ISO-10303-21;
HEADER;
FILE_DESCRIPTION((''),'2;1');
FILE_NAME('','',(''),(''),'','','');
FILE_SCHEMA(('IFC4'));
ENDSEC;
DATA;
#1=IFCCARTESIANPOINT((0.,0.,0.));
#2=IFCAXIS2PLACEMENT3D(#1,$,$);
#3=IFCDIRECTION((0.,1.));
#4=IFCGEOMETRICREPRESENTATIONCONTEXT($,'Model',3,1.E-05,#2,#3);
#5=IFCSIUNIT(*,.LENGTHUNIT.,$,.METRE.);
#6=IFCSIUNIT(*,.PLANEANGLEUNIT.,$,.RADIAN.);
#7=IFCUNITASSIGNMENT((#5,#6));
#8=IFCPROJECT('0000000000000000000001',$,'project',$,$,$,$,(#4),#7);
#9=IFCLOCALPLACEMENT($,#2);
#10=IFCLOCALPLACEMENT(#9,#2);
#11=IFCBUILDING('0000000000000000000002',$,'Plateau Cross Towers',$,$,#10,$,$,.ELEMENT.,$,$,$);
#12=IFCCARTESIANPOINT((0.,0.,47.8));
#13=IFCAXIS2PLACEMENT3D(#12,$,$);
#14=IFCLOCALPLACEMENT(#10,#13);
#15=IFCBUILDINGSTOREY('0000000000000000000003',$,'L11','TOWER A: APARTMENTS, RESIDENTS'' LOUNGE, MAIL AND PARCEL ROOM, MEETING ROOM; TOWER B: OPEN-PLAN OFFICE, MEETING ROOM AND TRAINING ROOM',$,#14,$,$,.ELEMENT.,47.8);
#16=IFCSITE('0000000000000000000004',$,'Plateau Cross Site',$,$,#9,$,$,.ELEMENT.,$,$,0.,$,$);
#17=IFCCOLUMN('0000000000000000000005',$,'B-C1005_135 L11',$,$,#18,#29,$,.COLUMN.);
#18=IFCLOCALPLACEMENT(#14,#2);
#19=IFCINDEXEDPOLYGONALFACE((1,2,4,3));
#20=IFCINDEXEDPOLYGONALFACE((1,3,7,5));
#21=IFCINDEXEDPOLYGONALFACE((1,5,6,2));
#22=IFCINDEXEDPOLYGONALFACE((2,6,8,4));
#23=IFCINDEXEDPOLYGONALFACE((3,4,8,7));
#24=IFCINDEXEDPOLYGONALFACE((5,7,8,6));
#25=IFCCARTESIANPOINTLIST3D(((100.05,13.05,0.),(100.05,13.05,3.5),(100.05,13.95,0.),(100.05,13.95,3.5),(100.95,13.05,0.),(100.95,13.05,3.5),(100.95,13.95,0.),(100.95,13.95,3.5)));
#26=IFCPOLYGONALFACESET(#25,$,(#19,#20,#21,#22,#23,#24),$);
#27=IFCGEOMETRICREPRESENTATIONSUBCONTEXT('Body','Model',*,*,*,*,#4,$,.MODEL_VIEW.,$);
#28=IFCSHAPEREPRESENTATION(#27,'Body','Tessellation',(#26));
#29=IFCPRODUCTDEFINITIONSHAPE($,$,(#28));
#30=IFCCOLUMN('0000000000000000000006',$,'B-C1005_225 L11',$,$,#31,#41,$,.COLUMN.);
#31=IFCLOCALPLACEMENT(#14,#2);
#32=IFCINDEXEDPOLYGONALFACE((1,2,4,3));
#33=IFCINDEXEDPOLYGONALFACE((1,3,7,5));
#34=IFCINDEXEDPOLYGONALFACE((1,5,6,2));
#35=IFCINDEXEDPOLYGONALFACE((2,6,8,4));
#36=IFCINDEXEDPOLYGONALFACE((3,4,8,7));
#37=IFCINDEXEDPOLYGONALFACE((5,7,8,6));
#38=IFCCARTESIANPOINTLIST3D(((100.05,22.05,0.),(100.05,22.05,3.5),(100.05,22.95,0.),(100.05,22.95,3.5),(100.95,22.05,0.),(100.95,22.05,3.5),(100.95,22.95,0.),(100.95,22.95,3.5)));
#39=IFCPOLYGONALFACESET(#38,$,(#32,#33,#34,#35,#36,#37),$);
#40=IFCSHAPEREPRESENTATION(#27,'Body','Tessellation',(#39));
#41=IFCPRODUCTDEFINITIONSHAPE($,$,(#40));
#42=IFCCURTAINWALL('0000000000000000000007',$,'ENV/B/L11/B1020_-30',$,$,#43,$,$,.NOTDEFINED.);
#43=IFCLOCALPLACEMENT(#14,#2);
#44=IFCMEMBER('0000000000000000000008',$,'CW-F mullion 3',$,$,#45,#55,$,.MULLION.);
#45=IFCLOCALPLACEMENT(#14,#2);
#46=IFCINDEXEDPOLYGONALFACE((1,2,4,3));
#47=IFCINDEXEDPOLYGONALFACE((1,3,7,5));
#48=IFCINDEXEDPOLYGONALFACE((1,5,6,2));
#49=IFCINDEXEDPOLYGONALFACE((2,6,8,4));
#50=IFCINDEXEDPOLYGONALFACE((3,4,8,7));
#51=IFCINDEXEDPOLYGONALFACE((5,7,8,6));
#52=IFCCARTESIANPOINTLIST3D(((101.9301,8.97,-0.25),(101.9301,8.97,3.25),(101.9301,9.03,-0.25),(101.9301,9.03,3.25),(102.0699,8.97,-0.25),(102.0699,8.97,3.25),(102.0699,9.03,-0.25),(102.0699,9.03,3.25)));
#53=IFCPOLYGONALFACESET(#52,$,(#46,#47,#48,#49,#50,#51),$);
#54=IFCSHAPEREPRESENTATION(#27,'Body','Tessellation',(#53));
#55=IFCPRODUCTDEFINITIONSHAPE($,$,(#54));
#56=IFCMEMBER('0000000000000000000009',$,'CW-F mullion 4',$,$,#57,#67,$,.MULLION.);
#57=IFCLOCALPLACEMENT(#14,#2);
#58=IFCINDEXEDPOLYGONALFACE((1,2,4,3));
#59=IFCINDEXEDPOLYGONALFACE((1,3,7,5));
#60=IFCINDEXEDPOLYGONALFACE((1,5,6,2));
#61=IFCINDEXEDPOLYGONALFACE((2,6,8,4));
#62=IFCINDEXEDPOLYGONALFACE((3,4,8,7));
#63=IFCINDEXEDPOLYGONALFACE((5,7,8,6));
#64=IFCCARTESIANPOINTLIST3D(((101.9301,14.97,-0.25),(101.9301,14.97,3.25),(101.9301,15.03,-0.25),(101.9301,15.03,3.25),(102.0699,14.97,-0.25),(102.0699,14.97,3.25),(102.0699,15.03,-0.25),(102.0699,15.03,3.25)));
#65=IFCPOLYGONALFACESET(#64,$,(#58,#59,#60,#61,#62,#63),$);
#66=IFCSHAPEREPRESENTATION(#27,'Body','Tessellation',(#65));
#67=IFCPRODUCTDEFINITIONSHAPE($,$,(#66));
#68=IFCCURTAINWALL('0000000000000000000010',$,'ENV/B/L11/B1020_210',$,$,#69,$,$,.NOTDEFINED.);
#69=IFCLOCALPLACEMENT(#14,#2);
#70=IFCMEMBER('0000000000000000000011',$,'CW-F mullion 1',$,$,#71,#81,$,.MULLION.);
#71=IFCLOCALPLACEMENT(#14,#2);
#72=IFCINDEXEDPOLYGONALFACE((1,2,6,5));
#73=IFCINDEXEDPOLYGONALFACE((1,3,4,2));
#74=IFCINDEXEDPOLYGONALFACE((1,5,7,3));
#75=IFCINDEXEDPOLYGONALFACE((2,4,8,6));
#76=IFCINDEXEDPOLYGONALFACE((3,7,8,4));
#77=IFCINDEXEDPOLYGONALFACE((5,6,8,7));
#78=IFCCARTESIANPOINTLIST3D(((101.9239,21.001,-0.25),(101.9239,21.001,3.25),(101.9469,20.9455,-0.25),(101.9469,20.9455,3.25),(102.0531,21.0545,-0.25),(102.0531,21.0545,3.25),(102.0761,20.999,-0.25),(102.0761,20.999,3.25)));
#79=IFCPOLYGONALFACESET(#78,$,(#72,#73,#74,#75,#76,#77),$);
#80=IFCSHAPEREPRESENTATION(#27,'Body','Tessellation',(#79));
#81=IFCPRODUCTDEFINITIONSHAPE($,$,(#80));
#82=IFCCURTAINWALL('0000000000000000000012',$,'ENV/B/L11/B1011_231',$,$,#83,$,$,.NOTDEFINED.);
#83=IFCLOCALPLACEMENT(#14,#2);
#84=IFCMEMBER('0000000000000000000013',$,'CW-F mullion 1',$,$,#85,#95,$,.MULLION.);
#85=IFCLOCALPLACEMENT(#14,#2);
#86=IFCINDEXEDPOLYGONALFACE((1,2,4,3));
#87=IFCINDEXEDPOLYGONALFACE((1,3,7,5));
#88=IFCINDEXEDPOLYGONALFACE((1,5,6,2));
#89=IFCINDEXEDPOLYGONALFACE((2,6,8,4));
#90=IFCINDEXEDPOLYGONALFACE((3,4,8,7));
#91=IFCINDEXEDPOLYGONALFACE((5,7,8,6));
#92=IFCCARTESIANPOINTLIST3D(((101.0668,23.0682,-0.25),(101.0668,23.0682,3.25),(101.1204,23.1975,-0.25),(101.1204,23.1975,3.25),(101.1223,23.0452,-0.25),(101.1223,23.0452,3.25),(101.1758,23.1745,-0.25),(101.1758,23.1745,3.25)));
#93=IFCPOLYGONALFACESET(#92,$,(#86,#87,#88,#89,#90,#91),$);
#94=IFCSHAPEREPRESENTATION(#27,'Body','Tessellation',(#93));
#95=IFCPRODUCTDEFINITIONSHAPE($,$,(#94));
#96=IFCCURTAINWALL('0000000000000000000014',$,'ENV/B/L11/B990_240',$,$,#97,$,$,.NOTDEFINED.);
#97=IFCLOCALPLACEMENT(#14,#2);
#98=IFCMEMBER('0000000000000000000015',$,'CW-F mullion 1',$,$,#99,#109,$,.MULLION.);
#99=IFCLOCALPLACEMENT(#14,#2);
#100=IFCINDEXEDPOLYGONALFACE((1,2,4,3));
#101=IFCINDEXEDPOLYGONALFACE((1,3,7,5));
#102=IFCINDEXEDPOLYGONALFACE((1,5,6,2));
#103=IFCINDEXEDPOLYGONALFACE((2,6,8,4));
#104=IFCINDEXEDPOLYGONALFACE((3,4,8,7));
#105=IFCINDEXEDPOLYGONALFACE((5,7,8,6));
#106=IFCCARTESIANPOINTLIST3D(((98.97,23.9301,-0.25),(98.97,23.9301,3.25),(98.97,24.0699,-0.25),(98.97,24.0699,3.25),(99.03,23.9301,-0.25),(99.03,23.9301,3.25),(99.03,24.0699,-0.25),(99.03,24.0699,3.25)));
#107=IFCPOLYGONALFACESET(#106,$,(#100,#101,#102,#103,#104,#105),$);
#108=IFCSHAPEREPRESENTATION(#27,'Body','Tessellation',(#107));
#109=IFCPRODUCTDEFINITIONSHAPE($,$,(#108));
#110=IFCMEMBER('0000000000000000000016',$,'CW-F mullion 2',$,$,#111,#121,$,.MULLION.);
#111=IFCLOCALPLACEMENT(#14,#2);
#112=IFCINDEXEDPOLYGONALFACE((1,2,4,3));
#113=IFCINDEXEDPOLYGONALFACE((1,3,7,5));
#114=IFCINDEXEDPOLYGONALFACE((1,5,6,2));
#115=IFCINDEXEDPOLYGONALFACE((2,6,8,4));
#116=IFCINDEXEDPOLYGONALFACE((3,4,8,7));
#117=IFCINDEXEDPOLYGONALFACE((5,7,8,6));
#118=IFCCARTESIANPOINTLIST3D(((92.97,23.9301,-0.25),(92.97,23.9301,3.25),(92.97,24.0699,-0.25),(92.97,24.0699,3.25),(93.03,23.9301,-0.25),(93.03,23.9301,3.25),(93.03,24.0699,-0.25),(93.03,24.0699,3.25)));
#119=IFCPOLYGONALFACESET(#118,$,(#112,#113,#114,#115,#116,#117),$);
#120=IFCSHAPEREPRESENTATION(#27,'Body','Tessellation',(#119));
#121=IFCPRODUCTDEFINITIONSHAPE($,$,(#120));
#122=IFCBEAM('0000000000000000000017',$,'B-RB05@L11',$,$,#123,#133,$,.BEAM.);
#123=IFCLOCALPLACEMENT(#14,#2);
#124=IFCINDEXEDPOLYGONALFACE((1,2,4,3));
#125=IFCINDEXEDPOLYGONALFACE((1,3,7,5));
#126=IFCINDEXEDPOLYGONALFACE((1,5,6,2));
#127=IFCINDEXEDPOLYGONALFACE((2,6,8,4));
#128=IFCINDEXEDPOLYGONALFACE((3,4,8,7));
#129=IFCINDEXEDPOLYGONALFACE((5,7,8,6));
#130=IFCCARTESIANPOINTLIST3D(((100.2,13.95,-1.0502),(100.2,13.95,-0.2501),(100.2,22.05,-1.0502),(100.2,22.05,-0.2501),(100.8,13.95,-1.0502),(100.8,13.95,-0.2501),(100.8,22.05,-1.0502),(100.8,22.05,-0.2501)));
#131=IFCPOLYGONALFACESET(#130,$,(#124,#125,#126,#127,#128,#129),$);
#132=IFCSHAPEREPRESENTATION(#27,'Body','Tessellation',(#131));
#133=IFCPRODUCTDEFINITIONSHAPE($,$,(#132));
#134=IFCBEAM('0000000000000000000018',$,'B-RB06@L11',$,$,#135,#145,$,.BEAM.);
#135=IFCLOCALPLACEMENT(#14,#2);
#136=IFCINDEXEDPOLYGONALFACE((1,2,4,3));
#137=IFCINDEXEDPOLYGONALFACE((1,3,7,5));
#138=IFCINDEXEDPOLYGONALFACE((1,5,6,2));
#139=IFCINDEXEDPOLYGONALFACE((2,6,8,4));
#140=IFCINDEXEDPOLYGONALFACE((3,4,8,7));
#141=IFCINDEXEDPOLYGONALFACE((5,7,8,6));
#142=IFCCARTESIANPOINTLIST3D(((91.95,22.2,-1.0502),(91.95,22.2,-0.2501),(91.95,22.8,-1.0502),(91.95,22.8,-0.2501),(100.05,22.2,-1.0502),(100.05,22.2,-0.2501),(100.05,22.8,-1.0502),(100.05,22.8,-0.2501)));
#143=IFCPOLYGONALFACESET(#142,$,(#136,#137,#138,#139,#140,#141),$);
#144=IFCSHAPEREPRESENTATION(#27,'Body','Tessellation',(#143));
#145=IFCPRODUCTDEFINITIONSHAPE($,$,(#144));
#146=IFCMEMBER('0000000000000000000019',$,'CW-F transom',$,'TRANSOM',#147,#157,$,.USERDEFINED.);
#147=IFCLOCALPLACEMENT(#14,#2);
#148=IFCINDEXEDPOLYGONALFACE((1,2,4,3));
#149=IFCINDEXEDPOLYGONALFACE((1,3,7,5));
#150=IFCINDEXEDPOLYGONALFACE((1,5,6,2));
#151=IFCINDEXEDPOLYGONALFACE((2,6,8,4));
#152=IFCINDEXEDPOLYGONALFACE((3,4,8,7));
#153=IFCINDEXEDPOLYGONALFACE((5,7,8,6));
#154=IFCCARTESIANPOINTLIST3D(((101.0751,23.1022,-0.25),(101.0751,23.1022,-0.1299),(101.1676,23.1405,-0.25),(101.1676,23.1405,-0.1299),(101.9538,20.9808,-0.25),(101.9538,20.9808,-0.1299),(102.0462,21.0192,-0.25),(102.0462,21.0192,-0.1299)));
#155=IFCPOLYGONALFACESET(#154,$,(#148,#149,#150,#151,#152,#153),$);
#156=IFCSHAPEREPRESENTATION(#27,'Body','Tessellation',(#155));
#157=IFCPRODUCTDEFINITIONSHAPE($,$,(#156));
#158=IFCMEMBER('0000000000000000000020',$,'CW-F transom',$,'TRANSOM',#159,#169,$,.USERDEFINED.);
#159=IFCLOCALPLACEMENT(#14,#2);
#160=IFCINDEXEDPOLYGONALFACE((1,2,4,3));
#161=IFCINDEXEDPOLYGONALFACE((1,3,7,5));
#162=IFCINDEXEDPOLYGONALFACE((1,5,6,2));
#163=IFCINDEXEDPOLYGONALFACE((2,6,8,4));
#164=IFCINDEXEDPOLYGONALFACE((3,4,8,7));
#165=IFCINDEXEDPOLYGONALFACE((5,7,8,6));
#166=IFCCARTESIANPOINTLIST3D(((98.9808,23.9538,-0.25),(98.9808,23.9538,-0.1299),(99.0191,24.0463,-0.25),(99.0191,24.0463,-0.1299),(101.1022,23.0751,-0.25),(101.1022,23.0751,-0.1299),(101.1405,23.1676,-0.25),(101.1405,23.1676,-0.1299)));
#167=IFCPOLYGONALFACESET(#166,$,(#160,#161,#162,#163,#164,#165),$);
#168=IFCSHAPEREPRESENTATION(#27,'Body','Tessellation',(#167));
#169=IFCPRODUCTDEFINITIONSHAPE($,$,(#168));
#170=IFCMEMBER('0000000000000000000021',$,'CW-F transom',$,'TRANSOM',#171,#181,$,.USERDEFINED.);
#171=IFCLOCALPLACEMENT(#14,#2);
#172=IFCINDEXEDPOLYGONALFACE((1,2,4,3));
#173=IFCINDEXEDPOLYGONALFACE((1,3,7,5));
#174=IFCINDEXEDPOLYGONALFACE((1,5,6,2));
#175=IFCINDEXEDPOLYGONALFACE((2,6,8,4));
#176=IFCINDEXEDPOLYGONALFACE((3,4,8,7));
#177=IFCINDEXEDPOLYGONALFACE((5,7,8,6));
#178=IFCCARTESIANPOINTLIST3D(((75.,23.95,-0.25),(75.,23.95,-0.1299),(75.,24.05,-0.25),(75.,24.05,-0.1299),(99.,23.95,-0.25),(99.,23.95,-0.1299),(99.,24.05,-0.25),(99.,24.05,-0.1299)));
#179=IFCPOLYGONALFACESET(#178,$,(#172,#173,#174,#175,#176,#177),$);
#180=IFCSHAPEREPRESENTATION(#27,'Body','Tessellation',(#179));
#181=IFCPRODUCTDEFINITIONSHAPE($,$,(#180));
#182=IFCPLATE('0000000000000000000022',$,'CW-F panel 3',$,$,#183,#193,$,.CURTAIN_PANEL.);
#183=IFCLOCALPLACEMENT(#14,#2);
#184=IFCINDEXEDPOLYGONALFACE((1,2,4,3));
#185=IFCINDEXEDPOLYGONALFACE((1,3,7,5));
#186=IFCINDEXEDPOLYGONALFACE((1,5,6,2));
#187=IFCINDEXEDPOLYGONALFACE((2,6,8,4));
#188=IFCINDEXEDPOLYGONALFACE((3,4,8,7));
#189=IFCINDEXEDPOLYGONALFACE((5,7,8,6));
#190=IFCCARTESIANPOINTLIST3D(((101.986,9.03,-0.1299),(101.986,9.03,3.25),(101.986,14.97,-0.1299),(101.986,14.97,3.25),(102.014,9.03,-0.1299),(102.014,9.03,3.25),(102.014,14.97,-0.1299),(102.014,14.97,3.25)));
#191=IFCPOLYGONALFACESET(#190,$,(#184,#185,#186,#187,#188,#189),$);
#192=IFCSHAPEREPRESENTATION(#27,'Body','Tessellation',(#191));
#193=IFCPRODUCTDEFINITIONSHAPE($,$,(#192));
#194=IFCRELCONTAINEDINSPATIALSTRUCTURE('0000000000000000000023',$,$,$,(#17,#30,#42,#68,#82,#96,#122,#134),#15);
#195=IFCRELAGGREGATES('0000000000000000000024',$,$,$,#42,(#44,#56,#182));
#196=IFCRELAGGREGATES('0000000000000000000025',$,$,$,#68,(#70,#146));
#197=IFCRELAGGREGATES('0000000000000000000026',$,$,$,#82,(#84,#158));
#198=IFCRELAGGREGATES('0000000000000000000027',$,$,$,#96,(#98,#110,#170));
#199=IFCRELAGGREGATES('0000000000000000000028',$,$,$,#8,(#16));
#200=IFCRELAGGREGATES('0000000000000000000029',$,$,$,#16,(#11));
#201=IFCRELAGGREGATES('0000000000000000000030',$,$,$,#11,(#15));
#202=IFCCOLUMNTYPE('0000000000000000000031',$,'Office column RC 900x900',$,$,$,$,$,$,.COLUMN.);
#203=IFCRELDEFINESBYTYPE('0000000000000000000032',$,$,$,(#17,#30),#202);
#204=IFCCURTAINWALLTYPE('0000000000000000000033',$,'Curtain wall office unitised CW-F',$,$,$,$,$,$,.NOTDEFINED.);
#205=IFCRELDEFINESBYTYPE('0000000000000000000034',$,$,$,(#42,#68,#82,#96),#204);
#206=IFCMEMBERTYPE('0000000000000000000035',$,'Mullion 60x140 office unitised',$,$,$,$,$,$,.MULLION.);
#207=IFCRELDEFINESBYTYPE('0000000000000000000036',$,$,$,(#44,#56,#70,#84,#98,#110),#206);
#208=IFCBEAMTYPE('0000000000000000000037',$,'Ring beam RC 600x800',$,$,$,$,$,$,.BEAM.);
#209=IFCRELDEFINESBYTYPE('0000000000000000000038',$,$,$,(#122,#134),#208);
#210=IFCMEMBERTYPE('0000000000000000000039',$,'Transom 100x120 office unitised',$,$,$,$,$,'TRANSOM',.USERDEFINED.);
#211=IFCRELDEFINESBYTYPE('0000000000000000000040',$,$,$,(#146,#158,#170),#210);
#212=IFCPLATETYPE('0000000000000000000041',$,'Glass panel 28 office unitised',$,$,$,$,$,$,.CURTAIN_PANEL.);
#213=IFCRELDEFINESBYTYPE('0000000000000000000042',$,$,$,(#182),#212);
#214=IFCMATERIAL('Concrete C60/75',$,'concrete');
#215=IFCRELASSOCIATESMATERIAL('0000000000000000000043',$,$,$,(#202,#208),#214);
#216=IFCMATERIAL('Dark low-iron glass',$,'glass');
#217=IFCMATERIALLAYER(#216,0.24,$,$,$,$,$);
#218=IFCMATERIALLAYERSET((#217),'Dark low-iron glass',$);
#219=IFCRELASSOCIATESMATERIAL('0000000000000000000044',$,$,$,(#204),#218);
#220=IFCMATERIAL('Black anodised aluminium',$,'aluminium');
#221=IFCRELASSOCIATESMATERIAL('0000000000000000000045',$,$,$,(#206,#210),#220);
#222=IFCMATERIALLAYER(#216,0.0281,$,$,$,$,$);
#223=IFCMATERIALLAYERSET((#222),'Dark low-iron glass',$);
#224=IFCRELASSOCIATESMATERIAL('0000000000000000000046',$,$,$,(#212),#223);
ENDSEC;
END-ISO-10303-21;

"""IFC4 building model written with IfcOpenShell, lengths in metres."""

from ifc_helpers import new_model, si_unit, direction, frame, origin, origin_2d, place, context, subcontext, project, spatial, rectangle, extrude, material, layer, layer_set, material_profile, profile_set, type_object, element, aggregate, save


model = new_model("IFC4")

# Units and contexts
model_context = context("Model", 3, precision=1e-05, world=origin(), true_north=direction((0.0, 1.0)))
body_context = subcontext(model_context, "Body", "Model", "MODEL_VIEW")
ifc_project = project(units=[si_unit("LENGTHUNIT", "METRE"), si_unit("PLANEANGLEUNIT", "RADIAN")], contexts=[model_context])

# Site, building, storey
site_placement = place(None, origin())
site = spatial("IfcSite", under=ifc_project, at=site_placement, Name="Plateau Cross Site", CompositionType="ELEMENT", RefElevation=0.0)
building_placement = place(site_placement, origin())
building = spatial("IfcBuilding", under=site, at=building_placement, Name="Plateau Cross Towers", CompositionType="ELEMENT")
storey_placement = place(building_placement, frame((0.0, 0.0, 47.8)))
storey = spatial("IfcBuildingStorey", under=building, at=storey_placement, Name="L11", Description="TOWER A: APARTMENTS, RESIDENTS' LOUNGE, MAIL AND PARCEL ROOM, MEETING ROOM; TOWER B: OPEN-PLAN OFFICE, MEETING ROOM AND TRAINING ROOM", CompositionType="ELEMENT", Elevation=47.8)

# Columns
ifc_material_1 = material(Name="Concrete C60/75", Category="concrete")
ifc_material_profile_1 = material_profile(ifc_material_1, rectangle(XDim=0.8999, YDim=0.8999, at=origin_2d()), Name="RC 900x900")
ifc_profile_set_1 = profile_set([ifc_material_profile_1], Name="Concrete C60/75")
column_type = type_object("IfcColumnType", Name="Office column RC 900x900", PredefinedType="COLUMN", material=ifc_profile_set_1)
for number, where, z_axis, x_axis, name in (
    (1, (100.5, 13.5, 0.0), (0.0, 0.0, 1.0), (1.0, 0.0, 0.0), "B-C1005_135 L11"),
    (2, (100.5, 22.5, 0.0), (0.0, 0.0, 1.0), (1.0, 0.0, 0.0), "B-C1005_225 L11"),
):
    element("IfcColumn", number, at=place(storey_placement, frame(where, z_axis=z_axis, x_axis=x_axis)), inside=storey, type_object=column_type, Name=name, PredefinedType="COLUMN", context=body_context, shape_type="SweptSolid", body=[
        extrude(rectangle(XDim=0.8999, YDim=0.8999, at=origin_2d()), origin(), (0.0, 0.0, 1.0), 3.5),
    ])

# Curtain wall, members
ifc_material_2 = material(Name="Dark low-iron glass", Category="glass")
ifc_layer_1 = layer(ifc_material_2, 0.24)
ifc_layer_set_1 = layer_set([ifc_layer_1], Name="Dark low-iron glass")
curtain_wall_type = type_object("IfcCurtainWallType", Name="Curtain wall office unitised CW-F", PredefinedType="NOTDEFINED", material=ifc_layer_set_1)
curtain_wall_1_placement = place(storey_placement, origin())
curtain_wall_1 = element("IfcCurtainWall", 3, at=curtain_wall_1_placement, inside=storey, type_object=curtain_wall_type, Name="ENV/B/L11/B1020_-30", PredefinedType="NOTDEFINED")
ifc_material_3 = material(Name="Black anodised aluminium", Category="aluminium")
ifc_material_profile_2 = material_profile(ifc_material_3, rectangle(XDim=0.0601, YDim=0.1399, at=origin_2d()), Name="MULLION 60x140")
ifc_profile_set_2 = profile_set([ifc_material_profile_2], Name="Black anodised aluminium")
member_type_1 = type_object("IfcMemberType", Name="Mullion 60x140 office unitised", PredefinedType="MULLION", material=ifc_profile_set_2)
member_1_placement = place(storey_placement, frame((102.0, 9.0, -0.25), z_axis=(0.0, 0.0, 1.0), x_axis=(0.0, 1.0, 0.0)))
member_1 = element("IfcMember", 4, at=member_1_placement, type_object=member_type_1, Name="CW-F mullion 3", PredefinedType="MULLION", context=body_context, shape_type="SweptSolid", body=[
    extrude(rectangle(XDim=0.0601, YDim=0.1399, at=origin_2d()), origin(), (0.0, 0.0, 1.0), 3.5),
])
member_2_placement = place(storey_placement, frame((102.0, 15.0, -0.25), z_axis=(0.0, 0.0, 1.0), x_axis=(0.0, 1.0, 0.0)))
member_2 = element("IfcMember", 5, at=member_2_placement, type_object=member_type_1, Name="CW-F mullion 4", PredefinedType="MULLION", context=body_context, shape_type="SweptSolid", body=[
    extrude(rectangle(XDim=0.0601, YDim=0.1399, at=origin_2d()), origin(), (0.0, 0.0, 1.0), 3.5),
])

# Curtain walls, members
curtain_wall_2_placement = place(storey_placement, origin())
curtain_wall_2 = element("IfcCurtainWall", 6, at=curtain_wall_2_placement, inside=storey, type_object=curtain_wall_type, Name="ENV/B/L11/B1020_210", PredefinedType="NOTDEFINED")
member_3_placement = place(storey_placement, frame((102.0, 21.0, -0.25), z_axis=(0.0, 0.0, 1.0), x_axis=(-0.382684, 0.923879, 0.0)))
member_3 = element("IfcMember", 7, at=member_3_placement, type_object=member_type_1, Name="CW-F mullion 1", PredefinedType="MULLION", context=body_context, shape_type="SweptSolid", body=[
    extrude(rectangle(XDim=0.0601, YDim=0.1399, at=origin_2d()), origin(), (0.0, 0.0, 1.0), 3.5),
])
curtain_wall_3_placement = place(storey_placement, origin())
curtain_wall_3 = element("IfcCurtainWall", 8, at=curtain_wall_3_placement, inside=storey, type_object=curtain_wall_type, Name="ENV/B/L11/B1011_231", PredefinedType="NOTDEFINED")
member_4_placement = place(storey_placement, frame((101.1213, 23.1213, -0.25), z_axis=(0.0, 0.0, 1.0), x_axis=(-0.923879, 0.382684, 0.0)))
member_4 = element("IfcMember", 9, at=member_4_placement, type_object=member_type_1, Name="CW-F mullion 1", PredefinedType="MULLION", context=body_context, shape_type="SweptSolid", body=[
    extrude(rectangle(XDim=0.0601, YDim=0.1399, at=origin_2d()), origin(), (0.0, 0.0, 1.0), 3.5),
])

# Curtain wall, members
curtain_wall_4_placement = place(storey_placement, origin())
curtain_wall_4 = element("IfcCurtainWall", 10, at=curtain_wall_4_placement, inside=storey, type_object=curtain_wall_type, Name="ENV/B/L11/B990_240", PredefinedType="NOTDEFINED")
member_5_placement = place(storey_placement, frame((99.0, 24.0, -0.25), z_axis=(0.0, 0.0, 1.0), x_axis=(-1.0, 0.0, 0.0)))
member_5 = element("IfcMember", 11, at=member_5_placement, type_object=member_type_1, Name="CW-F mullion 1", PredefinedType="MULLION", context=body_context, shape_type="SweptSolid", body=[
    extrude(rectangle(XDim=0.0601, YDim=0.1399, at=origin_2d()), origin(), (0.0, 0.0, 1.0), 3.5),
])
member_6_placement = place(storey_placement, frame((93.0, 24.0, -0.25), z_axis=(0.0, 0.0, 1.0), x_axis=(-1.0, 0.0, 0.0)))
member_6 = element("IfcMember", 12, at=member_6_placement, type_object=member_type_1, Name="CW-F mullion 2", PredefinedType="MULLION", context=body_context, shape_type="SweptSolid", body=[
    extrude(rectangle(XDim=0.0601, YDim=0.1399, at=origin_2d()), origin(), (0.0, 0.0, 1.0), 3.5),
])

# Beams
ifc_material_profile_3 = material_profile(ifc_material_1, rectangle(XDim=0.6001, YDim=0.8, at=origin_2d()), Name="RC 600x800")
ifc_profile_set_3 = profile_set([ifc_material_profile_3], Name="Concrete C60/75")
beam_type = type_object("IfcBeamType", Name="Ring beam RC 600x800", PredefinedType="BEAM", material=ifc_profile_set_3)
for number, where, z_axis, x_axis, name in (
    (13, (100.5, 13.95, -0.6501), (0.0, 1.0, 0.0), (-1.0, 0.0, 0.0), "B-RB05@L11"),
    (14, (100.05, 22.5, -0.6501), (-1.0, 0.0, 0.0), (0.0, -1.0, 0.0), "B-RB06@L11"),
):
    element("IfcBeam", number, at=place(storey_placement, frame(where, z_axis=z_axis, x_axis=x_axis)), inside=storey, type_object=beam_type, Name=name, PredefinedType="BEAM", context=body_context, shape_type="SweptSolid", body=[
        extrude(rectangle(XDim=0.6001, YDim=0.8, at=origin_2d()), origin(), (0.0, 0.0, 1.0), 8.1001),
    ])

# Members
ifc_material_profile_4 = material_profile(ifc_material_3, rectangle(XDim=0.1001, YDim=0.1201, at=origin_2d()), Name="TRANSOM 100x120")
ifc_profile_set_4 = profile_set([ifc_material_profile_4], Name="Black anodised aluminium")
member_type_2 = type_object("IfcMemberType", Name="Transom 100x120 office unitised", ElementType="TRANSOM", PredefinedType="USERDEFINED", material=ifc_profile_set_4)
member_7_placement = place(storey_placement, frame((102.0, 21.0, -0.1899), z_axis=(-0.382674, 0.923883, 0.0), x_axis=(-0.923883, -0.382674, 0.0)))
member_7 = element("IfcMember", 15, at=member_7_placement, type_object=member_type_2, Name="CW-F transom", ObjectType="TRANSOM", PredefinedType="USERDEFINED", context=body_context, shape_type="SweptSolid", body=[
    extrude(rectangle(XDim=0.1001, YDim=0.1201, at=origin_2d()), origin(), (0.0, 0.0, 1.0), 2.2961),
])
member_8_placement = place(storey_placement, frame((101.1213, 23.1213, -0.1899), z_axis=(-0.923883, 0.382674, 0.0), x_axis=(-0.382674, -0.923883, 0.0)))
member_8 = element("IfcMember", 16, at=member_8_placement, type_object=member_type_2, Name="CW-F transom", ObjectType="TRANSOM", PredefinedType="USERDEFINED", context=body_context, shape_type="SweptSolid", body=[
    extrude(rectangle(XDim=0.1001, YDim=0.1201, at=origin_2d()), origin(), (0.0, 0.0, 1.0), 2.2961),
])
member_9_placement = place(storey_placement, frame((99.0, 24.0, -0.1899), z_axis=(-1.0, 0.0, 0.0), x_axis=(0.0, -1.0, 0.0)))
member_9 = element("IfcMember", 17, at=member_9_placement, type_object=member_type_2, Name="CW-F transom", ObjectType="TRANSOM", PredefinedType="USERDEFINED", context=body_context, shape_type="SweptSolid", body=[
    extrude(rectangle(XDim=0.1001, YDim=0.1201, at=origin_2d()), origin(), (0.0, 0.0, 1.0), 24.0),
])

# Plate
ifc_layer_2 = layer(ifc_material_2, 0.0281)
ifc_layer_set_2 = layer_set([ifc_layer_2], Name="Dark low-iron glass")
plate_type = type_object("IfcPlateType", Name="Glass panel 28 office unitised", PredefinedType="CURTAIN_PANEL", material=ifc_layer_set_2)
plate_1_placement = place(storey_placement, frame((102.0, 12.0, -0.1299), z_axis=(0.0, 0.0, 1.0), x_axis=(0.0, 1.0, 0.0)))
plate_1 = element("IfcPlate", 18, at=plate_1_placement, type_object=plate_type, Name="CW-F panel 3", PredefinedType="CURTAIN_PANEL", context=body_context, shape_type="SweptSolid", body=[
    extrude(rectangle(XDim=5.9399, YDim=0.0281, at=origin_2d()), origin(), (0.0, 0.0, 1.0), 3.3799),
])
aggregate(curtain_wall_1, [member_1, member_2, plate_1])
aggregate(curtain_wall_2, [member_3, member_7])
aggregate(curtain_wall_3, [member_4, member_8])
aggregate(curtain_wall_4, [member_5, member_6, member_9])

save(model, "model.ifc")
